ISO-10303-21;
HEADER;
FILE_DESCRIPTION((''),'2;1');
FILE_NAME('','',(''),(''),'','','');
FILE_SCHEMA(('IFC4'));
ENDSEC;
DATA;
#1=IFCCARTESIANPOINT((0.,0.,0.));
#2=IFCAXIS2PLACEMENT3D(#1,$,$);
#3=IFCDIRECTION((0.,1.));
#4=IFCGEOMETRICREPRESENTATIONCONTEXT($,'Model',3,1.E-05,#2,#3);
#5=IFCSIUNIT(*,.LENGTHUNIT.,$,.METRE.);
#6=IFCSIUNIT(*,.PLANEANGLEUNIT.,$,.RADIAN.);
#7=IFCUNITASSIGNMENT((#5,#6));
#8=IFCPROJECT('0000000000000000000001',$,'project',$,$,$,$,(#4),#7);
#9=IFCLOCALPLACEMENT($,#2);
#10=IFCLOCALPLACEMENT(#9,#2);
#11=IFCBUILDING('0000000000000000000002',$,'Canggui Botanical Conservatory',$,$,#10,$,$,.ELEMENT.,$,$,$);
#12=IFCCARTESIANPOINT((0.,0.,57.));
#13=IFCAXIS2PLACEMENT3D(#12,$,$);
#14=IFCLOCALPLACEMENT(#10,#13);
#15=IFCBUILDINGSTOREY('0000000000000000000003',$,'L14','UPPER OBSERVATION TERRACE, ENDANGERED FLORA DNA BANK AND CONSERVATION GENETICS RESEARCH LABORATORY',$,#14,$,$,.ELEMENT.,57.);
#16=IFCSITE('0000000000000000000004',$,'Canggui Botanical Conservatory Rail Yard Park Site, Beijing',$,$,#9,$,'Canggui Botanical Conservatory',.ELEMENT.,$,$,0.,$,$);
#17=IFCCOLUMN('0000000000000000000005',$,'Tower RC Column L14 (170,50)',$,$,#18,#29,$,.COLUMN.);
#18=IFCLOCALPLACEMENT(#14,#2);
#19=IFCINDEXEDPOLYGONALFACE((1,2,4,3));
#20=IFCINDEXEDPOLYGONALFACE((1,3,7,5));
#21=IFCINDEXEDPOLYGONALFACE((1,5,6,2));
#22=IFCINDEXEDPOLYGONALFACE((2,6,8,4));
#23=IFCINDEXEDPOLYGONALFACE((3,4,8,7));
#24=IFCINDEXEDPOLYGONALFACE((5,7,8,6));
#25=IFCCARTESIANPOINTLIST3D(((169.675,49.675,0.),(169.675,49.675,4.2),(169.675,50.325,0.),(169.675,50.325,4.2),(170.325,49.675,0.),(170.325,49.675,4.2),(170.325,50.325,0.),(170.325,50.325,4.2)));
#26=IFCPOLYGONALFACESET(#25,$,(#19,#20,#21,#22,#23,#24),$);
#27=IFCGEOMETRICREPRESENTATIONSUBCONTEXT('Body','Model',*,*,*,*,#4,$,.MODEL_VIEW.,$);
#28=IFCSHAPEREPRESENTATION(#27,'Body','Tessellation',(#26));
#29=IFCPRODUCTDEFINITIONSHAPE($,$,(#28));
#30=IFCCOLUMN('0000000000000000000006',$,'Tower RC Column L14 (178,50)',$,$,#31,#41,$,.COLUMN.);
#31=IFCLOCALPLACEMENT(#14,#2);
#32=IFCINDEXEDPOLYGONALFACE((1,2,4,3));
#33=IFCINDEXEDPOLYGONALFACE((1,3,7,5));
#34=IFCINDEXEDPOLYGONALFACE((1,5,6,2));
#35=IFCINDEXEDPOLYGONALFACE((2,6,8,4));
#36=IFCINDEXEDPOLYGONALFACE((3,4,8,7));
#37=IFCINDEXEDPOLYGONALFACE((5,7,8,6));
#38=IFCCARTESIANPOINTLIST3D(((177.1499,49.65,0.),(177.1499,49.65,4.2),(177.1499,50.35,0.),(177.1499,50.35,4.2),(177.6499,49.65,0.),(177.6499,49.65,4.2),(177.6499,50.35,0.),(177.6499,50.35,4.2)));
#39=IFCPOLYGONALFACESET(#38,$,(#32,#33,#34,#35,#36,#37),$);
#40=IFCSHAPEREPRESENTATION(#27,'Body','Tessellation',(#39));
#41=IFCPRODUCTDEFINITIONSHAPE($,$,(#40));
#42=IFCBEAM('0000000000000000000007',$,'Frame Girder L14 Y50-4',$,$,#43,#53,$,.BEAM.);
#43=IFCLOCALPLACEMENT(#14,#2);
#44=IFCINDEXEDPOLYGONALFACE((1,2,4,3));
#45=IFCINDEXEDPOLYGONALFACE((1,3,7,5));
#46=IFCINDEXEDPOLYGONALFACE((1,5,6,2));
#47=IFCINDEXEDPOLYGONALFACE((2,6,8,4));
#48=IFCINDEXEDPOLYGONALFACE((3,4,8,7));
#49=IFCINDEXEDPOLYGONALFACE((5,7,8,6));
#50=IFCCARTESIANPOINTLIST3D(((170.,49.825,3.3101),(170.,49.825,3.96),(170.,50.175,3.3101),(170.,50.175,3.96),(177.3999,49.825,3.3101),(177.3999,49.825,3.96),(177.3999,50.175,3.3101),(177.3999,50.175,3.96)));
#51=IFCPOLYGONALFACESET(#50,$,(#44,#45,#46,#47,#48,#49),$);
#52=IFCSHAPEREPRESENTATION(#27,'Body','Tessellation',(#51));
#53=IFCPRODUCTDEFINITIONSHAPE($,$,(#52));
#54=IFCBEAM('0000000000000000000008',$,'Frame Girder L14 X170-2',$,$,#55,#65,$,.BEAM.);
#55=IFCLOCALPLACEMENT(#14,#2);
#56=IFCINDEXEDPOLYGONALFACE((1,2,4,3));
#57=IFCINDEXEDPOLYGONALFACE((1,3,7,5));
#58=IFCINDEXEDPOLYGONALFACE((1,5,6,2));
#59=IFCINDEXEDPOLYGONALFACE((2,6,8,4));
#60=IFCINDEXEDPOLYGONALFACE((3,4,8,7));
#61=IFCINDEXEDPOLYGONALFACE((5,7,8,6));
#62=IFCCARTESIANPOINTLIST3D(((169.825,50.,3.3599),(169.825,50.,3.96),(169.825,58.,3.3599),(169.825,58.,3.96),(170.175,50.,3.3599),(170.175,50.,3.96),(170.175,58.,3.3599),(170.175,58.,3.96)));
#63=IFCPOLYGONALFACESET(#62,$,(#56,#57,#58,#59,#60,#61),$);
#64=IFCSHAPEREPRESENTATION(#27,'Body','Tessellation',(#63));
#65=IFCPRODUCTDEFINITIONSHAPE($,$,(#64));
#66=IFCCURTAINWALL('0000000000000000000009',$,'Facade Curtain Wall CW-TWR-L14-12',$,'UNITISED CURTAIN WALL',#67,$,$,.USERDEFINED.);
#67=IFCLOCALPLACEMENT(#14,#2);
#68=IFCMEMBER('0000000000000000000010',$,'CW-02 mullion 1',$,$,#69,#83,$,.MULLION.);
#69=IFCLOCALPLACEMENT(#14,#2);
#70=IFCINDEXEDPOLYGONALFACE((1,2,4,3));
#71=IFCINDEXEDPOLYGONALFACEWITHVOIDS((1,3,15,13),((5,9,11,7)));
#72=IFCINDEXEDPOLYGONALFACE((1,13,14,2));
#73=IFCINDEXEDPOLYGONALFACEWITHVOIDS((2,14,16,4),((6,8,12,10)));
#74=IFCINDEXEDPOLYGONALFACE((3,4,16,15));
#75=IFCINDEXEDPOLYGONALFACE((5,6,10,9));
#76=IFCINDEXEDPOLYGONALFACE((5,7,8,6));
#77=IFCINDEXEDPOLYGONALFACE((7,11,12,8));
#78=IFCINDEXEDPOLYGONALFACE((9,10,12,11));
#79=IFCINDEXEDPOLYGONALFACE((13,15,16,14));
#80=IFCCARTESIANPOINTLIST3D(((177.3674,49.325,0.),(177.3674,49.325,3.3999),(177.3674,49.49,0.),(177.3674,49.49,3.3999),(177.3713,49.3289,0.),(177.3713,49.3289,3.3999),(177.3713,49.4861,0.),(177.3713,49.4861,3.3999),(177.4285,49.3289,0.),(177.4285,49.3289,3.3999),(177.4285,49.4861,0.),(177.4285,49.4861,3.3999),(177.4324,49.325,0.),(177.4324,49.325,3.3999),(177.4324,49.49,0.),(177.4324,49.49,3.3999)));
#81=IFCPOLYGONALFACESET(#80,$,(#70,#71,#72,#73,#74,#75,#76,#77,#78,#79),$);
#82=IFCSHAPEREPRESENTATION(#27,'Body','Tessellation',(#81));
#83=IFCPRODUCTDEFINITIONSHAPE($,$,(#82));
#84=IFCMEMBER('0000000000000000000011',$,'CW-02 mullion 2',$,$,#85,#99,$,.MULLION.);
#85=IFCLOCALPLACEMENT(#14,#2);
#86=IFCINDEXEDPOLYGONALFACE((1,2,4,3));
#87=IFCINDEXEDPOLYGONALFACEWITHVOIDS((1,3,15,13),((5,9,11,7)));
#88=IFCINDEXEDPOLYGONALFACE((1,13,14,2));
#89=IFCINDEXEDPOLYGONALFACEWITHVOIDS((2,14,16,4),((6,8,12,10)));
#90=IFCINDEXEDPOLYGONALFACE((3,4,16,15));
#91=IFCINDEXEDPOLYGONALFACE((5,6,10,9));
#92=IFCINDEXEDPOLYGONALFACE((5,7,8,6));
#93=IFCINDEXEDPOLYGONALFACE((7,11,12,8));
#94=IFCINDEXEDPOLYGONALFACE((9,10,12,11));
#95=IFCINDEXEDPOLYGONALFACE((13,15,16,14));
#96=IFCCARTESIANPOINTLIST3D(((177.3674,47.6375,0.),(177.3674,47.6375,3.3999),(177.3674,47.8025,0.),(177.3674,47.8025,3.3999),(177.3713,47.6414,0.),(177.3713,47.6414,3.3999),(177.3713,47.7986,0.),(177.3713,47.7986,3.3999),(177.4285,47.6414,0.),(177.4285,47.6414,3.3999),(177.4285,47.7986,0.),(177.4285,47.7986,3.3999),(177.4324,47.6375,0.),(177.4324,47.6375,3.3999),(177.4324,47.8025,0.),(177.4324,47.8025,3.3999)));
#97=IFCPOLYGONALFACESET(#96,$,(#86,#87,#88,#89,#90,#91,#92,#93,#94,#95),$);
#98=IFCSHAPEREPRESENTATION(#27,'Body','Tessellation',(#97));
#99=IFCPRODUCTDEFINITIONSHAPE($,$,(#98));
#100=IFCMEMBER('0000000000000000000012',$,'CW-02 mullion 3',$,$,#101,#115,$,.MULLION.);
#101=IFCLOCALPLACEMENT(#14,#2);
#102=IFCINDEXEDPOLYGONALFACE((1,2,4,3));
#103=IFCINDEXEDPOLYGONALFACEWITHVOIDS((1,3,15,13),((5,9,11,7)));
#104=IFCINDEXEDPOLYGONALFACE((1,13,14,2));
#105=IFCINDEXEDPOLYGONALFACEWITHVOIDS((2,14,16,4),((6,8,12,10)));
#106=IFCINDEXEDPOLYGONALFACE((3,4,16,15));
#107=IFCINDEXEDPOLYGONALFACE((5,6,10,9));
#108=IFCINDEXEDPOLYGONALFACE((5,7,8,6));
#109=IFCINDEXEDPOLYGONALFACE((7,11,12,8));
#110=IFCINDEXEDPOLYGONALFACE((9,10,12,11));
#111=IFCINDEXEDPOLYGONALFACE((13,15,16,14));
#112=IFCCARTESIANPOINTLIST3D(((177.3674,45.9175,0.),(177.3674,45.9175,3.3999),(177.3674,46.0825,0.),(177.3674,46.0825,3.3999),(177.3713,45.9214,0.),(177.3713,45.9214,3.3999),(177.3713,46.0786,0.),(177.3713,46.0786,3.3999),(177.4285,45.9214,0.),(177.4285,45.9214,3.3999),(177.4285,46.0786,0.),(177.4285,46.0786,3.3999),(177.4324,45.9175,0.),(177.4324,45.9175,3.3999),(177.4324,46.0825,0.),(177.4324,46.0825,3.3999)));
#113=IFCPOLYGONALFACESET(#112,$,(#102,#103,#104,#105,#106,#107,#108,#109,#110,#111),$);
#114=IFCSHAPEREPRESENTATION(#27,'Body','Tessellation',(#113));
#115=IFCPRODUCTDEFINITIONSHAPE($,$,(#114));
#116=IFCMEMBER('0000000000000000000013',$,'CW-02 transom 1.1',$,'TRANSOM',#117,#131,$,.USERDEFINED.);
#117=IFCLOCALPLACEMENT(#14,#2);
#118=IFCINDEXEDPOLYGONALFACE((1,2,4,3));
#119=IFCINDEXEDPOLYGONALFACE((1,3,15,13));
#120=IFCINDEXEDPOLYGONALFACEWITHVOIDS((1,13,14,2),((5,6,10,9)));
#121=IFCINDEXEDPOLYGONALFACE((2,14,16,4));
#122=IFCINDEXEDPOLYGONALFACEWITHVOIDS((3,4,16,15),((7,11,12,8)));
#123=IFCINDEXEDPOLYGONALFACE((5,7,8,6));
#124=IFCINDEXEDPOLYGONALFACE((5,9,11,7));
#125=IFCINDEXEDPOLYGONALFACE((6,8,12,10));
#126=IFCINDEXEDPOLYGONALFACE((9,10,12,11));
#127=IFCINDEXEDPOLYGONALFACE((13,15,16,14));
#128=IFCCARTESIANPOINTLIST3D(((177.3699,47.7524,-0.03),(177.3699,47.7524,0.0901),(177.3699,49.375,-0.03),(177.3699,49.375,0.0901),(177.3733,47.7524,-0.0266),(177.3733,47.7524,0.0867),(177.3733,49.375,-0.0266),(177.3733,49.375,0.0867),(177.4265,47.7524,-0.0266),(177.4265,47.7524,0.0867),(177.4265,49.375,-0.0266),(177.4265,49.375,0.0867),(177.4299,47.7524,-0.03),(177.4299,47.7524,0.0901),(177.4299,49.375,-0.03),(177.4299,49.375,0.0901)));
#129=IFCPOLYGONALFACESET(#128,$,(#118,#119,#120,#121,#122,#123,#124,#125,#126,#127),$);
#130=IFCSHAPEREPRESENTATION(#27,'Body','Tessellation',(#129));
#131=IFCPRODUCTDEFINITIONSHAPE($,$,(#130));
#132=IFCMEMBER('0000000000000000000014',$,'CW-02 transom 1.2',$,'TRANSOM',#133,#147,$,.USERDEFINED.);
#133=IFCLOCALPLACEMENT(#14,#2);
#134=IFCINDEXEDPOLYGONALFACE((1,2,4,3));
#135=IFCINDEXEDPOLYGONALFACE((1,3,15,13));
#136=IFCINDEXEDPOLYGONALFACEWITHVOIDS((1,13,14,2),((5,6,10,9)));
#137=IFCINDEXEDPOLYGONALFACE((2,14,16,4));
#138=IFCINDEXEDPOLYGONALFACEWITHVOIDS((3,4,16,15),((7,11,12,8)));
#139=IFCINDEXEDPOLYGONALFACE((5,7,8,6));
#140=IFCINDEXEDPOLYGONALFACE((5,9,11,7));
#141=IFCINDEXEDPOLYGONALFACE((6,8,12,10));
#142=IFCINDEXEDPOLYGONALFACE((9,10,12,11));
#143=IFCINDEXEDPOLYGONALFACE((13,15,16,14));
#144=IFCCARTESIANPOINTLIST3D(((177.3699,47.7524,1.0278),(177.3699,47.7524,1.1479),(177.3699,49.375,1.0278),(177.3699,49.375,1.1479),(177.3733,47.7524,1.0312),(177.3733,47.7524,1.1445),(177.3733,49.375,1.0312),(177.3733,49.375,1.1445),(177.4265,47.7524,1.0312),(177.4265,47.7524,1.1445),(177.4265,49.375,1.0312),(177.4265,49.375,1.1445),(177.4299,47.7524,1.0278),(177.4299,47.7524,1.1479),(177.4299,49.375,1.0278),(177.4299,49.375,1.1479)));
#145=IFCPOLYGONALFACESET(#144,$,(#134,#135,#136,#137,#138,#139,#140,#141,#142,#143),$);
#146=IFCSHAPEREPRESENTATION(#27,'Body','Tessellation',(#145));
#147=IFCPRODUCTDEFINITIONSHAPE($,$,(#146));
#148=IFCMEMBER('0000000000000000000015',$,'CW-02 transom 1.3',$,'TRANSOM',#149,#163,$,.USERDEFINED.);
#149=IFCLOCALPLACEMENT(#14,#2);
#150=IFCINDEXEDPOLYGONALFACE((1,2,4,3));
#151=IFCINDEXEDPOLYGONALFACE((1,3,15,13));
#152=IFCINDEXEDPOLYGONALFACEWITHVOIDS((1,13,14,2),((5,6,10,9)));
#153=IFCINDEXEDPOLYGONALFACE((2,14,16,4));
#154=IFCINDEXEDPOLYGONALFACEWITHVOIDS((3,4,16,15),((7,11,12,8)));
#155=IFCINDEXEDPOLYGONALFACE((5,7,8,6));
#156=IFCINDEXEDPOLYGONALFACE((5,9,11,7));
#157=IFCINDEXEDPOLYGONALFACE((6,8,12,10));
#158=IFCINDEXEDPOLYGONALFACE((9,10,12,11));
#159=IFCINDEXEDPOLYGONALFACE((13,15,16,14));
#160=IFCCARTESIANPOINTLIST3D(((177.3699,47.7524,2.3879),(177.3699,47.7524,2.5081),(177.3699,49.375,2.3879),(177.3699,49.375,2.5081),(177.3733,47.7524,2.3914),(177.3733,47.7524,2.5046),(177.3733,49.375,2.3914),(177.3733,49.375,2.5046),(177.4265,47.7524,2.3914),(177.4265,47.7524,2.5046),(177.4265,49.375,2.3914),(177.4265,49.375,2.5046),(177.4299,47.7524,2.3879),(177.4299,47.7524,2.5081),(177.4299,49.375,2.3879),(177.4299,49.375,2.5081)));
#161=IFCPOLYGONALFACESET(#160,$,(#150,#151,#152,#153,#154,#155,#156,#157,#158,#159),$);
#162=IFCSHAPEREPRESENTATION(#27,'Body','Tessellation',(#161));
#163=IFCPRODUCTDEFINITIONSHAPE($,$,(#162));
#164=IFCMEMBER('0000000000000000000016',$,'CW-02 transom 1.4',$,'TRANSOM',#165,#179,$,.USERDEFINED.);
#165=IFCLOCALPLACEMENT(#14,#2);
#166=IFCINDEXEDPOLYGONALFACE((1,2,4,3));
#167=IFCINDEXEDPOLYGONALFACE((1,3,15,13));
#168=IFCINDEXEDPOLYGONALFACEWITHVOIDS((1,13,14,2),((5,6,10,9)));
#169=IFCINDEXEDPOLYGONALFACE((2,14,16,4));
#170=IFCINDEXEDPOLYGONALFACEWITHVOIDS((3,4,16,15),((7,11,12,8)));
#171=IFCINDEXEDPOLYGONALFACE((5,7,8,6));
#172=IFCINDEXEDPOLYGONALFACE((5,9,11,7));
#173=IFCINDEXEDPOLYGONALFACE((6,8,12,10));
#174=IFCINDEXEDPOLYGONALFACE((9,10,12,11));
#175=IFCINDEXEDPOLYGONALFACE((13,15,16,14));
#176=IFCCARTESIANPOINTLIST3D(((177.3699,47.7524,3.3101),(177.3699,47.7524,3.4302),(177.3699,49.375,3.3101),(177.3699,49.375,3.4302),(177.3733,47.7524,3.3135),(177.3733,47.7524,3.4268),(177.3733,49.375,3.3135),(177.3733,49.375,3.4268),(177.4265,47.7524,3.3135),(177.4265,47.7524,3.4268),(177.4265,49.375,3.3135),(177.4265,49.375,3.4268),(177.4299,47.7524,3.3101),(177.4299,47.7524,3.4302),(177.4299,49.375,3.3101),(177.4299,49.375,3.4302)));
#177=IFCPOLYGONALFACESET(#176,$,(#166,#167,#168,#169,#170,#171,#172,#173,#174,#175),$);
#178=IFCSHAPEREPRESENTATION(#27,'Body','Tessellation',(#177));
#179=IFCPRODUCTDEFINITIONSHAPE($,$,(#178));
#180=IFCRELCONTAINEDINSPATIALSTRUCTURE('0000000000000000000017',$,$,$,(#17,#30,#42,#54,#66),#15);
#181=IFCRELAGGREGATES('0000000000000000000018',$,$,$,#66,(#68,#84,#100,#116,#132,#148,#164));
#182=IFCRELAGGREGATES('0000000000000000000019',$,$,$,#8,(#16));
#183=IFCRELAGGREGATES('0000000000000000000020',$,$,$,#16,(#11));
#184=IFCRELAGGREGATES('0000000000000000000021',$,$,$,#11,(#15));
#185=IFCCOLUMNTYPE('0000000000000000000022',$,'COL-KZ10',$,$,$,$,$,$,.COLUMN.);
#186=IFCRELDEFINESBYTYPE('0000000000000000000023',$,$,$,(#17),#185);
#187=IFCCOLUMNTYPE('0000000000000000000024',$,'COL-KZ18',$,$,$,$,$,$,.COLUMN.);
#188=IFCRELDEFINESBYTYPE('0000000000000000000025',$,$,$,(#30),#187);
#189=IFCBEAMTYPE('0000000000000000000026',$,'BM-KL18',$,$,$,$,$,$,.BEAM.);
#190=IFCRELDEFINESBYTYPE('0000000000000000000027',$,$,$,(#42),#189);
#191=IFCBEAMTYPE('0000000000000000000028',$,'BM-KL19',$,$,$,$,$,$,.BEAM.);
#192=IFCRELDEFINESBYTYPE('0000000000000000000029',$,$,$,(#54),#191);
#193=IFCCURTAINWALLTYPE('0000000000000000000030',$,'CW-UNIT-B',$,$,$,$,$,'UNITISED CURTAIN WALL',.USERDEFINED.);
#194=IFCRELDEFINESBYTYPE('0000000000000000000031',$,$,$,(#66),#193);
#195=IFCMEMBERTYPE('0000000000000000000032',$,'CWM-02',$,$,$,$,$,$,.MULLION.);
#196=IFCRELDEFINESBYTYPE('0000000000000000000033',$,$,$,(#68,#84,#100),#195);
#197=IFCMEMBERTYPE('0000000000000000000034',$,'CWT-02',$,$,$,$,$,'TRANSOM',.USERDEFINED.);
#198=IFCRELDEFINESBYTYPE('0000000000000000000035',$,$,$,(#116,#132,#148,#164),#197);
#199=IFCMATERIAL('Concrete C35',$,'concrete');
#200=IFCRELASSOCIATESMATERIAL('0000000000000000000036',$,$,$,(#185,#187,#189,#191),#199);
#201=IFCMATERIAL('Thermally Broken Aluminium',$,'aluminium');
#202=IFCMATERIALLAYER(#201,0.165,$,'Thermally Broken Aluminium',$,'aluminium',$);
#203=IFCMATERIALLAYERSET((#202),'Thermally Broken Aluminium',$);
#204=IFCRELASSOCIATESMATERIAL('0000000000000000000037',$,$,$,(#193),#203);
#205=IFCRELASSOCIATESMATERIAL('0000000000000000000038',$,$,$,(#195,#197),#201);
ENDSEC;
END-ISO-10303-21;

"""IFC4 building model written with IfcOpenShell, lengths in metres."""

from ifc_helpers import new_model, si_unit, direction, frame, origin, origin_2d, place, context, subcontext, project, spatial, rectangle, hollow_rectangle, extrude, material, layer, layer_set, material_profile, profile_set, type_object, element, aggregate, save


model = new_model("IFC4")

# Units and contexts
model_context = context("Model", 3, precision=1e-05, world=origin(), true_north=direction((0.0, 1.0)))
body_context = subcontext(model_context, "Body", "Model", "MODEL_VIEW")
ifc_project = project(units=[si_unit("LENGTHUNIT", "METRE"), si_unit("PLANEANGLEUNIT", "RADIAN")], contexts=[model_context])

# Site, building, storey
site_placement = place(None, origin())
site = spatial("IfcSite", under=ifc_project, at=site_placement, Name="Canggui Botanical Conservatory Rail Yard Park Site, Beijing", LongName="Canggui Botanical Conservatory", CompositionType="ELEMENT", RefElevation=0.0)
building_placement = place(site_placement, origin())
building = spatial("IfcBuilding", under=site, at=building_placement, Name="Canggui Botanical Conservatory", CompositionType="ELEMENT")
storey_placement = place(building_placement, frame((0.0, 0.0, 57.0)))
storey = spatial("IfcBuildingStorey", under=building, at=storey_placement, Name="L14", Description="UPPER OBSERVATION TERRACE, ENDANGERED FLORA DNA BANK AND CONSERVATION GENETICS RESEARCH LABORATORY", CompositionType="ELEMENT", Elevation=57.0)

# Columns
ifc_material_1 = material(Name="Concrete C35", Category="concrete")
ifc_material_profile_1 = material_profile(ifc_material_1, rectangle(XDim=0.6499, YDim=0.6499, at=origin_2d()), Name="RC 650x650")
ifc_profile_set_1 = profile_set([ifc_material_profile_1], Name="Concrete C35")
column_type_1 = type_object("IfcColumnType", Name="COL-KZ10", PredefinedType="COLUMN", material=ifc_profile_set_1)
column_1_placement = place(storey_placement, frame((170.0, 50.0, 0.0), z_axis=(0.0, 0.0, 1.0), x_axis=(1.0, 0.0, 0.0)))
element("IfcColumn", 1, at=column_1_placement, inside=storey, type_object=column_type_1, Name="Tower RC Column L14 (170,50)", PredefinedType="COLUMN", context=body_context, shape_type="SweptSolid", body=[
    extrude(rectangle(XDim=0.6499, YDim=0.6499, at=origin_2d()), origin(), (0.0, 0.0, 1.0), 4.2),
])
ifc_material_profile_2 = material_profile(ifc_material_1, rectangle(XDim=0.5, YDim=0.7, at=origin_2d()), Name="RC 500x700")
ifc_profile_set_2 = profile_set([ifc_material_profile_2], Name="Concrete C35")
column_type_2 = type_object("IfcColumnType", Name="COL-KZ18", PredefinedType="COLUMN", material=ifc_profile_set_2)
column_2_placement = place(storey_placement, frame((177.3999, 50.0, 0.0), z_axis=(0.0, 0.0, 1.0), x_axis=(1.0, 0.0, 0.0)))
element("IfcColumn", 2, at=column_2_placement, inside=storey, type_object=column_type_2, Name="Tower RC Column L14 (178,50)", PredefinedType="COLUMN", context=body_context, shape_type="SweptSolid", body=[
    extrude(rectangle(XDim=0.5, YDim=0.7, at=origin_2d()), origin(), (0.0, 0.0, 1.0), 4.2),
])

# Beams
ifc_material_profile_3 = material_profile(ifc_material_1, rectangle(XDim=0.3501, YDim=0.6499, at=origin_2d()), Name="RB 350x650")
ifc_profile_set_3 = profile_set([ifc_material_profile_3], Name="Concrete C35")
beam_type_1 = type_object("IfcBeamType", Name="BM-KL18", PredefinedType="BEAM", material=ifc_profile_set_3)
beam_1_placement = place(storey_placement, frame((170.0, 50.0, 3.635), z_axis=(1.0, 0.0, 0.0), x_axis=(0.0, 1.0, 0.0)))
element("IfcBeam", 3, at=beam_1_placement, inside=storey, type_object=beam_type_1, Name="Frame Girder L14 Y50-4", PredefinedType="BEAM", context=body_context, shape_type="SweptSolid", body=[
    extrude(rectangle(XDim=0.3501, YDim=0.6499, at=origin_2d()), origin(), (0.0, 0.0, 1.0), 7.3999),
])
ifc_material_profile_4 = material_profile(ifc_material_1, rectangle(XDim=0.3501, YDim=0.6001, at=origin_2d()), Name="RB 350x600")
ifc_profile_set_4 = profile_set([ifc_material_profile_4], Name="Concrete C35")
beam_type_2 = type_object("IfcBeamType", Name="BM-KL19", PredefinedType="BEAM", material=ifc_profile_set_4)
beam_2_placement = place(storey_placement, frame((170.0, 50.0, 3.6599), z_axis=(0.0, 1.0, 0.0), x_axis=(-1.0, 0.0, 0.0)))
element("IfcBeam", 4, at=beam_2_placement, inside=storey, type_object=beam_type_2, Name="Frame Girder L14 X170-2", PredefinedType="BEAM", context=body_context, shape_type="SweptSolid", body=[
    extrude(rectangle(XDim=0.3501, YDim=0.6001, at=origin_2d()), origin(), (0.0, 0.0, 1.0), 8.0),
])

# Curtain wall, members
ifc_material_2 = material(Name="Thermally Broken Aluminium", Category="aluminium")
ifc_layer_1 = layer(ifc_material_2, 0.165, Name="Thermally Broken Aluminium", Category="aluminium")
ifc_layer_set_1 = layer_set([ifc_layer_1], Name="Thermally Broken Aluminium")
curtain_wall_type = type_object("IfcCurtainWallType", Name="CW-UNIT-B", ElementType="UNITISED CURTAIN WALL", PredefinedType="USERDEFINED", material=ifc_layer_set_1)
curtain_wall_placement = place(storey_placement, origin())
curtain_wall = element("IfcCurtainWall", 5, at=curtain_wall_placement, inside=storey, type_object=curtain_wall_type, Name="Facade Curtain Wall CW-TWR-L14-12", ObjectType="UNITISED CURTAIN WALL", PredefinedType="USERDEFINED")
ifc_material_profile_5 = material_profile(ifc_material_2, hollow_rectangle(XDim=0.0649, YDim=0.165, WallThickness=0.0039, at=origin_2d()), Name="CWM 65x165x4")
ifc_profile_set_5 = profile_set([ifc_material_profile_5], Name="Thermally Broken Aluminium")
member_type_1 = type_object("IfcMemberType", Name="CWM-02", PredefinedType="MULLION", material=ifc_profile_set_5)
member_1_placement = place(storey_placement, frame((177.3999, 49.4075, 0.0), z_axis=(0.0, 0.0, 1.0), x_axis=(1.0, 0.0, 0.0)))
member_1 = element("IfcMember", 6, at=member_1_placement, type_object=member_type_1, Name="CW-02 mullion 1", PredefinedType="MULLION", context=body_context, shape_type="SweptSolid", body=[
    extrude(hollow_rectangle(XDim=0.0649, YDim=0.165, WallThickness=0.0039, at=origin_2d()), origin(), (0.0, 0.0, 1.0), 3.3999),
])
member_2_placement = place(storey_placement, frame((177.3999, 47.72, 0.0), z_axis=(0.0, 0.0, 1.0), x_axis=(1.0, 0.0, 0.0)))
member_2 = element("IfcMember", 7, at=member_2_placement, type_object=member_type_1, Name="CW-02 mullion 2", PredefinedType="MULLION", context=body_context, shape_type="SweptSolid", body=[
    extrude(hollow_rectangle(XDim=0.0649, YDim=0.165, WallThickness=0.0039, at=origin_2d()), origin(), (0.0, 0.0, 1.0), 3.3999),
])
member_3_placement = place(storey_placement, frame((177.3999, 46.0, 0.0), z_axis=(0.0, 0.0, 1.0), x_axis=(1.0, 0.0, 0.0)))
member_3 = element("IfcMember", 8, at=member_3_placement, type_object=member_type_1, Name="CW-02 mullion 3", PredefinedType="MULLION", context=body_context, shape_type="SweptSolid", body=[
    extrude(hollow_rectangle(XDim=0.0649, YDim=0.165, WallThickness=0.0039, at=origin_2d()), origin(), (0.0, 0.0, 1.0), 3.3999),
])
ifc_material_profile_6 = material_profile(ifc_material_2, hollow_rectangle(XDim=0.0601, YDim=0.1201, WallThickness=0.0034, at=origin_2d()), Name="CWT 60x120x3.5")
ifc_profile_set_6 = profile_set([ifc_material_profile_6], Name="Thermally Broken Aluminium")
member_type_2 = type_object("IfcMemberType", Name="CWT-02", ElementType="TRANSOM", PredefinedType="USERDEFINED", material=ifc_profile_set_6)
member_4_placement = place(storey_placement, frame((177.3999, 49.375, 0.03), z_axis=(0.0, -1.0, 0.0), x_axis=(1.0, 0.0, 0.0)))
member_4 = element("IfcMember", 9, at=member_4_placement, type_object=member_type_2, Name="CW-02 transom 1.1", ObjectType="TRANSOM", PredefinedType="USERDEFINED", context=body_context, shape_type="SweptSolid", body=[
    extrude(hollow_rectangle(XDim=0.0601, YDim=0.1201, WallThickness=0.0034, at=origin_2d()), origin(), (0.0, 0.0, 1.0), 1.6226),
])
member_5_placement = place(storey_placement, frame((177.3999, 49.375, 1.0879), z_axis=(0.0, -1.0, 0.0), x_axis=(1.0, 0.0, 0.0)))
member_5 = element("IfcMember", 10, at=member_5_placement, type_object=member_type_2, Name="CW-02 transom 1.2", ObjectType="TRANSOM", PredefinedType="USERDEFINED", context=body_context, shape_type="SweptSolid", body=[
    extrude(hollow_rectangle(XDim=0.0601, YDim=0.1201, WallThickness=0.0034, at=origin_2d()), origin(), (0.0, 0.0, 1.0), 1.6226),
])
member_6_placement = place(storey_placement, frame((177.3999, 49.375, 2.448), z_axis=(0.0, -1.0, 0.0), x_axis=(1.0, 0.0, 0.0)))
member_6 = element("IfcMember", 11, at=member_6_placement, type_object=member_type_2, Name="CW-02 transom 1.3", ObjectType="TRANSOM", PredefinedType="USERDEFINED", context=body_context, shape_type="SweptSolid", body=[
    extrude(hollow_rectangle(XDim=0.0601, YDim=0.1201, WallThickness=0.0034, at=origin_2d()), origin(), (0.0, 0.0, 1.0), 1.6226),
])
member_7_placement = place(storey_placement, frame((177.3999, 49.375, 3.3701), z_axis=(0.0, -1.0, 0.0), x_axis=(1.0, 0.0, 0.0)))
member_7 = element("IfcMember", 12, at=member_7_placement, type_object=member_type_2, Name="CW-02 transom 1.4", ObjectType="TRANSOM", PredefinedType="USERDEFINED", context=body_context, shape_type="SweptSolid", body=[
    extrude(hollow_rectangle(XDim=0.0601, YDim=0.1201, WallThickness=0.0034, at=origin_2d()), origin(), (0.0, 0.0, 1.0), 1.6226),
])
aggregate(curtain_wall, [member_1, member_2, member_3, member_4, member_5, member_6, member_7])

save(model, "model.ifc")
